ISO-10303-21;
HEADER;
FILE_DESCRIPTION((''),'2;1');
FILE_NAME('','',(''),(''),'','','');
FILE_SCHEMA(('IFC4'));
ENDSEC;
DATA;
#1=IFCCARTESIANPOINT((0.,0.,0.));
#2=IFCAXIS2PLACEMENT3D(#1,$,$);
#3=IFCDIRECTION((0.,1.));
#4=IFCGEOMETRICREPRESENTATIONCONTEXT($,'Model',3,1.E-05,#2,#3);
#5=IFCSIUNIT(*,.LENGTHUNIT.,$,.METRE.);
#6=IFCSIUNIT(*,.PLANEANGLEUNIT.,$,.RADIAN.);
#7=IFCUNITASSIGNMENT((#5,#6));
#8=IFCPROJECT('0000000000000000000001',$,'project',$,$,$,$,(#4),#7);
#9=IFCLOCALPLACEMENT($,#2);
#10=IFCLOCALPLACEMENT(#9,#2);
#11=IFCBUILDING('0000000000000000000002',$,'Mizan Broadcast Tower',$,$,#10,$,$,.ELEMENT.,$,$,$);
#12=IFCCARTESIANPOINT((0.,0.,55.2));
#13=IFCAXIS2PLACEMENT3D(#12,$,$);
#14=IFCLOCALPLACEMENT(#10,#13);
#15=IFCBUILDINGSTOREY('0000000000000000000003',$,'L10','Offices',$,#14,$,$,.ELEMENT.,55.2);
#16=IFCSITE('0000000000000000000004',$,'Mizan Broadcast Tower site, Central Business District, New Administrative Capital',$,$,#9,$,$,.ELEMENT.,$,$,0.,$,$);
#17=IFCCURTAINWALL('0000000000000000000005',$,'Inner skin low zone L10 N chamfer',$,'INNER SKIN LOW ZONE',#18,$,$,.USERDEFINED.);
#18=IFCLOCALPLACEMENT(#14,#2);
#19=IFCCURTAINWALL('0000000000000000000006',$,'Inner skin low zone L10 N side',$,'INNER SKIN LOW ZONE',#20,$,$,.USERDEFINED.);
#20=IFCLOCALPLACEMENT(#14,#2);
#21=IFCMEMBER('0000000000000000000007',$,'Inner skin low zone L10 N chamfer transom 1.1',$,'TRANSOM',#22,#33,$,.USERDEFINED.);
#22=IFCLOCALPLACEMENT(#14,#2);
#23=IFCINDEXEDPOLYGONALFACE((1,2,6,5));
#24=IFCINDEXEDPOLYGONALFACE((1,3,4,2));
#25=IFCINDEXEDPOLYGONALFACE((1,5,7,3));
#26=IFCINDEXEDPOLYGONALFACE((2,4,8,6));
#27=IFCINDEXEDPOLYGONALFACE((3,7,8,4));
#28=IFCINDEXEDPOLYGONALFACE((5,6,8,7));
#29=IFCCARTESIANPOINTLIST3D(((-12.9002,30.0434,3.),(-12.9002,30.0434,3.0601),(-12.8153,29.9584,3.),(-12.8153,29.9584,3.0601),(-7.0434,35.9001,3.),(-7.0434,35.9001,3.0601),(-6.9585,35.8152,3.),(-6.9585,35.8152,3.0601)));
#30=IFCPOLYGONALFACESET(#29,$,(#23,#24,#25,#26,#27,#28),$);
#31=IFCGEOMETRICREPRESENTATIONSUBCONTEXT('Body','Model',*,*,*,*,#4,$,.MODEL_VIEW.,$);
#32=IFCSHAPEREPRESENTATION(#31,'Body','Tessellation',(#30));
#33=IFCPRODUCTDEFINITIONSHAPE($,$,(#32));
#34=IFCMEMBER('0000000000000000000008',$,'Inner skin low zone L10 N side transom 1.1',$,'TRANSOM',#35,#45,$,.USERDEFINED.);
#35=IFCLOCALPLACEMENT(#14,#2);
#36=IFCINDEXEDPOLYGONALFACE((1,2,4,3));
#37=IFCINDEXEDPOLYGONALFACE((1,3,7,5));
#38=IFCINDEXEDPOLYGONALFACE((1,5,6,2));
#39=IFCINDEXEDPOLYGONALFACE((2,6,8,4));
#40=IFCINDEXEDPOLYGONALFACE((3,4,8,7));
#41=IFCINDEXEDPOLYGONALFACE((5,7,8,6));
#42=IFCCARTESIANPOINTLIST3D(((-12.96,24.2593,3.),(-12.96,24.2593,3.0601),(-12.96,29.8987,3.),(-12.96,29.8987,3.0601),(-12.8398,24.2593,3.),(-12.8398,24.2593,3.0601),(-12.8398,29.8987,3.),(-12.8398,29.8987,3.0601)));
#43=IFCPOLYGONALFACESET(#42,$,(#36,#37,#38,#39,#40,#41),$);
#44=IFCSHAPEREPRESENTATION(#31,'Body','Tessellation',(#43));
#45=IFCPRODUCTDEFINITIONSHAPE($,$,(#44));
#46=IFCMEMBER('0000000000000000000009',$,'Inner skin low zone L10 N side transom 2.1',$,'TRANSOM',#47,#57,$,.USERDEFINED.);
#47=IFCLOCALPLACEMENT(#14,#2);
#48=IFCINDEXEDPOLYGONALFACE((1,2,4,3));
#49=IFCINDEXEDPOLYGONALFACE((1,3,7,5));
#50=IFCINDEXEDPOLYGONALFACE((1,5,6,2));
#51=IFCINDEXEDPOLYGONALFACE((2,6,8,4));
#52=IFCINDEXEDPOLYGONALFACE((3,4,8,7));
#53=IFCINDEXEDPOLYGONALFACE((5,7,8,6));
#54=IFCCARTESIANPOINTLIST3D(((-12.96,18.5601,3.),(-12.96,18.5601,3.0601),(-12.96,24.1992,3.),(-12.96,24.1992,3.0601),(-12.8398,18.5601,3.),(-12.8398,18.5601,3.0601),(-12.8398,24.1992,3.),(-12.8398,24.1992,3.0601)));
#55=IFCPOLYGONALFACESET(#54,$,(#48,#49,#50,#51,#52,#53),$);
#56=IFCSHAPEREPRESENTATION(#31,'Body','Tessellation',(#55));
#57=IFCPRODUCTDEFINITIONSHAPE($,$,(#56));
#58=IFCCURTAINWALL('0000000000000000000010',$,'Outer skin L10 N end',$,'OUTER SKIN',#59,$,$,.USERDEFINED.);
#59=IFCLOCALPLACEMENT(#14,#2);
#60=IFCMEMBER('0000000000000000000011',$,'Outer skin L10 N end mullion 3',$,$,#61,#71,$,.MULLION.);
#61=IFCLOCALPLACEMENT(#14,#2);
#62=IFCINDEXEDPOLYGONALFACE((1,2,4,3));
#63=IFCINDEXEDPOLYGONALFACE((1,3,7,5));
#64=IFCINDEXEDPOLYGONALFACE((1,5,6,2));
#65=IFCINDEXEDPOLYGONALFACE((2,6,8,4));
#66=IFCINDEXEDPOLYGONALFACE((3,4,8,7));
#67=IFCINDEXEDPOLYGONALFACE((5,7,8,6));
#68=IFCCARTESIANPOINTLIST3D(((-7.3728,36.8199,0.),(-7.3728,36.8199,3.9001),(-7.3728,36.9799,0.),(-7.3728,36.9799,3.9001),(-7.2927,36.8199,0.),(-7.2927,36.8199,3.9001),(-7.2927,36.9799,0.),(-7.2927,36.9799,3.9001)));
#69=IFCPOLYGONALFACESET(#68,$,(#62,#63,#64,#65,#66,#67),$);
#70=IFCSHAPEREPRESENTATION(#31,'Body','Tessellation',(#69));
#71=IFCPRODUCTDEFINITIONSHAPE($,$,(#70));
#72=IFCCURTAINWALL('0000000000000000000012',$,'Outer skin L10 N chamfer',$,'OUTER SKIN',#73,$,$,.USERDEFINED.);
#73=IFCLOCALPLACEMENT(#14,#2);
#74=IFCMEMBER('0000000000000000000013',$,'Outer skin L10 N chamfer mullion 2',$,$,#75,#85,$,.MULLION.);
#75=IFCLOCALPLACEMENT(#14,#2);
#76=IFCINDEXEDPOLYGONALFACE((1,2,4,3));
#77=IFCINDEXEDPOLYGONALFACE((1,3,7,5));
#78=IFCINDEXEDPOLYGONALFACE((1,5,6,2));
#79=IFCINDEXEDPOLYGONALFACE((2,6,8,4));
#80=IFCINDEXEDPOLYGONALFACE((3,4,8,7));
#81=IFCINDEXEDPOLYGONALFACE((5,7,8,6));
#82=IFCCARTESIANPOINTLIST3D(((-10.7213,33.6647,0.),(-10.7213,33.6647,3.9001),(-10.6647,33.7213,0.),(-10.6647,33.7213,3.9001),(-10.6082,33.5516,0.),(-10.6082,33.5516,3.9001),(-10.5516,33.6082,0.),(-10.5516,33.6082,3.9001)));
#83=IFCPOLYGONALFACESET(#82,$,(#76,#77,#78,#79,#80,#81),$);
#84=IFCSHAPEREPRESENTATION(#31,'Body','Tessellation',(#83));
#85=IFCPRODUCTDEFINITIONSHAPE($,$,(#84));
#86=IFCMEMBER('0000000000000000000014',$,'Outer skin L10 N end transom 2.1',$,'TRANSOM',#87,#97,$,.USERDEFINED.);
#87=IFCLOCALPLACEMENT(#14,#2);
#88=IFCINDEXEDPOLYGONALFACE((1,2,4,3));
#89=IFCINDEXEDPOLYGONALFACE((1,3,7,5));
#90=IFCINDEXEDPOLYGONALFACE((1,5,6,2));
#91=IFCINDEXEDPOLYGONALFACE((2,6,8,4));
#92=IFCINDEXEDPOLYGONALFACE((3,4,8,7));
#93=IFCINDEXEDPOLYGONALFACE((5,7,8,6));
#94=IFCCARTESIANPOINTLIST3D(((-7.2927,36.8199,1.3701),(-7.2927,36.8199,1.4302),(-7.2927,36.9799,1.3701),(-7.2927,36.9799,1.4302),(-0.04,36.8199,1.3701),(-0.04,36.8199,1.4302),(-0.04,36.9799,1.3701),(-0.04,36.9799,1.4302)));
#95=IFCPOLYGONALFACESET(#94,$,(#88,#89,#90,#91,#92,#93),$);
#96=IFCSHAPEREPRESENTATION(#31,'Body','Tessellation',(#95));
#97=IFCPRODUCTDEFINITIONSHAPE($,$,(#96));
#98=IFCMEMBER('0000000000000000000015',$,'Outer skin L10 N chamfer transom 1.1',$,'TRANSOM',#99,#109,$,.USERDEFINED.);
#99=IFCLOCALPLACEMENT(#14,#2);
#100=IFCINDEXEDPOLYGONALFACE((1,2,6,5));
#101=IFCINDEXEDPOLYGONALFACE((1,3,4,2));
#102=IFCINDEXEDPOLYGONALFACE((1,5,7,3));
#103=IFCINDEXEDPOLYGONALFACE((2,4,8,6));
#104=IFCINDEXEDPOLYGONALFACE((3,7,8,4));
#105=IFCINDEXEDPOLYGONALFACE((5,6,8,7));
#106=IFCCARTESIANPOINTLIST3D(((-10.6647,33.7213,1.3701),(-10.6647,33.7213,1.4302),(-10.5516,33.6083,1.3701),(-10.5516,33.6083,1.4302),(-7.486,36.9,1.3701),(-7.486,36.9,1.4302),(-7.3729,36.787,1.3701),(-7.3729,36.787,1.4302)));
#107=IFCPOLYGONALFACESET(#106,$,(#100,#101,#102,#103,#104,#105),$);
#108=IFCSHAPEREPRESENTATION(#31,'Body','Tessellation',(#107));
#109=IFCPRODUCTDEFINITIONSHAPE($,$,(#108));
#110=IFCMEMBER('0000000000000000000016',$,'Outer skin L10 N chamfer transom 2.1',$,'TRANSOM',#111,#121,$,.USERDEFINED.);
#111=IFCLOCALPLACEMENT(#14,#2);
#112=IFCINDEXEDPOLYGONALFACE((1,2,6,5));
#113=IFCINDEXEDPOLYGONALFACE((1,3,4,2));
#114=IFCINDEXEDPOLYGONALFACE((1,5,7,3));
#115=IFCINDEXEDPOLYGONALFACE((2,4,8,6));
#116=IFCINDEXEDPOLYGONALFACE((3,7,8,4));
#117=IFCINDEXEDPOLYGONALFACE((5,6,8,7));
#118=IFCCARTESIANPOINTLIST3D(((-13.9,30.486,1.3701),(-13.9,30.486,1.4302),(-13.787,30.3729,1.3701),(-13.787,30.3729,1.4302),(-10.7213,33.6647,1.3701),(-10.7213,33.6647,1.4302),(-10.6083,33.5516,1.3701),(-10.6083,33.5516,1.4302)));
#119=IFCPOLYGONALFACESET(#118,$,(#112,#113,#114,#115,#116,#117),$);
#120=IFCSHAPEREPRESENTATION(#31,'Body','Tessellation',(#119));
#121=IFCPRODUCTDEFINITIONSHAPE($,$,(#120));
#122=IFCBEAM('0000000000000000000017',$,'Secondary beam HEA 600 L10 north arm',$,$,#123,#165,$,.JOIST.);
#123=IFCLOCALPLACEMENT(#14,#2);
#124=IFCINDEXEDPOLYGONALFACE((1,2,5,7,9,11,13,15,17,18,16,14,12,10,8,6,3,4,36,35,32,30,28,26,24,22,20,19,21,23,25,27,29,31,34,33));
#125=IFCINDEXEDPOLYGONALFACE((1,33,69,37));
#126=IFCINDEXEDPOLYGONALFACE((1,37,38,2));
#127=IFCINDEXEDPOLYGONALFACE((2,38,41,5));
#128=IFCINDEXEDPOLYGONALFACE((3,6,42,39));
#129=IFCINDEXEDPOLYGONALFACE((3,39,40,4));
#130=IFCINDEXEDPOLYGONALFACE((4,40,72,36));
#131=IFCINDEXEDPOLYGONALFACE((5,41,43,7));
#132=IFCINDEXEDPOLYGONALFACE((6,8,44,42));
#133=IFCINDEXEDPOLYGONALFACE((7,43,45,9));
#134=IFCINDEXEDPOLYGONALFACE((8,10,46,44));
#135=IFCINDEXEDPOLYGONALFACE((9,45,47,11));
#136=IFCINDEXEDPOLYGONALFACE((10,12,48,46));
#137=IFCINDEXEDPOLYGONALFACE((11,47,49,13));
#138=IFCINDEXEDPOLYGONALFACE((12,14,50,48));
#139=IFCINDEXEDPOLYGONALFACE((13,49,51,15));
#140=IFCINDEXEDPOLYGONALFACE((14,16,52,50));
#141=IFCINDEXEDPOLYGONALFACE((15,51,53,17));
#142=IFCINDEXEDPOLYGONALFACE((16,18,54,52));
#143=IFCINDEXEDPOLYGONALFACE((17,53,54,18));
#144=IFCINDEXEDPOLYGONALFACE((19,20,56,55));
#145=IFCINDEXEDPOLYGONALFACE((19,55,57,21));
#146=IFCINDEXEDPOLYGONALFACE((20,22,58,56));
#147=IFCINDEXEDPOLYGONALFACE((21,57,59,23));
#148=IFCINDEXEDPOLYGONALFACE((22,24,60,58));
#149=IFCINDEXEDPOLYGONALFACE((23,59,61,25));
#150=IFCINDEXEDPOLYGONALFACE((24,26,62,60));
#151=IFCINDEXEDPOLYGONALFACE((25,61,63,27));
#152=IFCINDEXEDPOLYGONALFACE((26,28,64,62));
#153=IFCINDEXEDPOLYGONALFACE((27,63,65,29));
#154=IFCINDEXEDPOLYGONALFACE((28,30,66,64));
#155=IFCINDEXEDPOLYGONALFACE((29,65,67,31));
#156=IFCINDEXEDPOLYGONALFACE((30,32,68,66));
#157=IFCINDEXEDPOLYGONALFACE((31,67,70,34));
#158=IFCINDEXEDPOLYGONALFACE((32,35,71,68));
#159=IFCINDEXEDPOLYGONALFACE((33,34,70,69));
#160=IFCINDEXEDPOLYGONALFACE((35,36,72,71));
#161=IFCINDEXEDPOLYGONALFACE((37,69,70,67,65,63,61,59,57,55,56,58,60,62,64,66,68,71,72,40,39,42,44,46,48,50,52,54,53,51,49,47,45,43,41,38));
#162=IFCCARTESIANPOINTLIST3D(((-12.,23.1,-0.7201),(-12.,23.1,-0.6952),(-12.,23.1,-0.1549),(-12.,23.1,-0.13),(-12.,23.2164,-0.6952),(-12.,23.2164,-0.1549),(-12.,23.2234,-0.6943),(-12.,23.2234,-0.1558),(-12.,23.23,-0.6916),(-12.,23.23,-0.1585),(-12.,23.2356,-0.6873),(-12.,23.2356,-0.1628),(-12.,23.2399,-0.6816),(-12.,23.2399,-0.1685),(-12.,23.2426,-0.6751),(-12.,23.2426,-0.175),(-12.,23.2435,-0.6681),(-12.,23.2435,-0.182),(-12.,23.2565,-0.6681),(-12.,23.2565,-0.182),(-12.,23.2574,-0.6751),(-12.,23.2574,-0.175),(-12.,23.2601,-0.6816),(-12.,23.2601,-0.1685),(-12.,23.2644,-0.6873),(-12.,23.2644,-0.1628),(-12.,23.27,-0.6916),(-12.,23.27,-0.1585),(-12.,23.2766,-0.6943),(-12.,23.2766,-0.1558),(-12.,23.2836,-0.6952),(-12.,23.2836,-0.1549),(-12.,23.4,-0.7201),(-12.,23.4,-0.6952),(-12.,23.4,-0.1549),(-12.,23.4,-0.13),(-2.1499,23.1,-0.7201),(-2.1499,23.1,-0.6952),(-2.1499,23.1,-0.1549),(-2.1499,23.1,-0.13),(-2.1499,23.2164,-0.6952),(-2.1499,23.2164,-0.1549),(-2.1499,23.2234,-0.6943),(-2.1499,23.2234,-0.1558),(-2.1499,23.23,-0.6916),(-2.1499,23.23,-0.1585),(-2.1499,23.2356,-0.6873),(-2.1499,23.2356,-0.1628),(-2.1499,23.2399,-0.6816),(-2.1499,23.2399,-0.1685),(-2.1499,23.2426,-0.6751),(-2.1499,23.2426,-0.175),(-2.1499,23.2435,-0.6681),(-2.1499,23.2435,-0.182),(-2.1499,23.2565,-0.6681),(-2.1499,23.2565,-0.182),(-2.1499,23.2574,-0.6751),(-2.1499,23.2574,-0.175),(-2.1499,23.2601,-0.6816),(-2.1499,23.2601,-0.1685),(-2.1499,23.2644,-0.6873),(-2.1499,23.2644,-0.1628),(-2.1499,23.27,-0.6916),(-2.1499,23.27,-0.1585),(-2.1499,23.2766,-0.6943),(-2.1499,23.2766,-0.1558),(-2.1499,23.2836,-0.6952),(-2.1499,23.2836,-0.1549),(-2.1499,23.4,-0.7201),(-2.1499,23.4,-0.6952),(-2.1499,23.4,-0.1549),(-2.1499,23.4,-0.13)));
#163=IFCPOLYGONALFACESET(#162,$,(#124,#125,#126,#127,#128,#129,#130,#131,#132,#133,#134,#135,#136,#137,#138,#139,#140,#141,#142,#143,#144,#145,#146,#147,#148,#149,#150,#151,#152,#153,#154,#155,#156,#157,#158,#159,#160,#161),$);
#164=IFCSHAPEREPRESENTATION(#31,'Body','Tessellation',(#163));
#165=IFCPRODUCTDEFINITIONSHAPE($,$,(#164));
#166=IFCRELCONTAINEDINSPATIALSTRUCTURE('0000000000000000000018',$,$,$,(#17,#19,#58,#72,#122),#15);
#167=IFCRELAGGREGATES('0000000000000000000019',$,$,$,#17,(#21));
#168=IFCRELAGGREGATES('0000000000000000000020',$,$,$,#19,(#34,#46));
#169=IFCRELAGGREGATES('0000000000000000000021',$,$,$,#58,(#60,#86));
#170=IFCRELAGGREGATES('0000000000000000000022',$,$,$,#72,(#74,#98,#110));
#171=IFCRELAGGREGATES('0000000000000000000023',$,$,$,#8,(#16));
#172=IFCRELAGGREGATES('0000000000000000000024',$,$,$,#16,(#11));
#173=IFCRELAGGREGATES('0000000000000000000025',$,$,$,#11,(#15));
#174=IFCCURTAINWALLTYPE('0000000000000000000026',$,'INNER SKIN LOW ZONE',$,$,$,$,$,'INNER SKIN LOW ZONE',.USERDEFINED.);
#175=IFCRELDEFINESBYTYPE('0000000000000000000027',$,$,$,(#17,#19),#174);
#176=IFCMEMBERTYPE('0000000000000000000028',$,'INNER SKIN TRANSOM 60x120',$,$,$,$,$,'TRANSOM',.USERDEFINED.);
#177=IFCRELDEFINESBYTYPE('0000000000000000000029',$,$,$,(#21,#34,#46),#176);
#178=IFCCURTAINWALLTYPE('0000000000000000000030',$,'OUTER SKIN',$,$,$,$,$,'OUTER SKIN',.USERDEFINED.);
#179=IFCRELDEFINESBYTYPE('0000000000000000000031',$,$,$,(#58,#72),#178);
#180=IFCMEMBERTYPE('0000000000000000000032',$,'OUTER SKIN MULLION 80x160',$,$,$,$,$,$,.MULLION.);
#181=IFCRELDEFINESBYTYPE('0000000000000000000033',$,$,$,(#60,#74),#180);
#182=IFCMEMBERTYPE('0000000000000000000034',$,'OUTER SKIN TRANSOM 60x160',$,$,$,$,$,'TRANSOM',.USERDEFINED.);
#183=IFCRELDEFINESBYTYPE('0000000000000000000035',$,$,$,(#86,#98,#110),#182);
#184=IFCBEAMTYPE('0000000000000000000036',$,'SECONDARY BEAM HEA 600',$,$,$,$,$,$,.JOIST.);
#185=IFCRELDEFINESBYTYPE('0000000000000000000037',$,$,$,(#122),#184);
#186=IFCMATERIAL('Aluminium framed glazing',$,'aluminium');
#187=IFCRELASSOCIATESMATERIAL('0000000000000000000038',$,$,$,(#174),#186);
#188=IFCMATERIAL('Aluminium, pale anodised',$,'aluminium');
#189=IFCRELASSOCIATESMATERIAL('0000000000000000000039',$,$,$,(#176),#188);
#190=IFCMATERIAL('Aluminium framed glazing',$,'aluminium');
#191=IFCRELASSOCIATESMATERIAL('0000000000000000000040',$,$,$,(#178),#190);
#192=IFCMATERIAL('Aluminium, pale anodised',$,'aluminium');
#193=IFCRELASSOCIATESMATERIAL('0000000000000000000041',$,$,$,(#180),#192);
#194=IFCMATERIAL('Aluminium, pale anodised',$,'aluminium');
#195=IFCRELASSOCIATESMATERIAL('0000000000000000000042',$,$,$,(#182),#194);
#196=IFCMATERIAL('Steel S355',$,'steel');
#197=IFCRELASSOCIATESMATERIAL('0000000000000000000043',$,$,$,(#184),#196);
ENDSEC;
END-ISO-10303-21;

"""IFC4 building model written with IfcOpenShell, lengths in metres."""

from ifc_helpers import new_model, si_unit, direction, frame, origin, origin_2d, place, context, subcontext, project, spatial, rectangle, i_section, extrude, material, material_profile, profile_set, type_object, element, aggregate, save


model = new_model("IFC4")

# Units and contexts
model_context = context("Model", 3, precision=1e-05, world=origin(), true_north=direction((0.0, 1.0)))
body_context = subcontext(model_context, "Body", "Model", "MODEL_VIEW")
ifc_project = project(units=[si_unit("LENGTHUNIT", "METRE"), si_unit("PLANEANGLEUNIT", "RADIAN")], contexts=[model_context])

# Site, building, storey
site_placement = place(None, origin())
site = spatial("IfcSite", under=ifc_project, at=site_placement, Name="Mizan Broadcast Tower site, Central Business District, New Administrative Capital", CompositionType="ELEMENT", RefElevation=0.0)
building_placement = place(site_placement, origin())
building = spatial("IfcBuilding", under=site, at=building_placement, Name="Mizan Broadcast Tower", CompositionType="ELEMENT")
storey_placement = place(building_placement, frame((0.0, 0.0, 55.2)))
storey = spatial("IfcBuildingStorey", under=building, at=storey_placement, Name="L10", Description="Offices", CompositionType="ELEMENT", Elevation=55.2)

# Curtain walls
ifc_material_1 = material(Name="Aluminium framed glazing", Category="aluminium")
curtain_wall_type_1 = type_object("IfcCurtainWallType", Name="INNER SKIN LOW ZONE", ElementType="INNER SKIN LOW ZONE", PredefinedType="USERDEFINED", material=ifc_material_1)
curtain_wall_1_placement = place(storey_placement, origin())
curtain_wall_1 = element("IfcCurtainWall", 1, at=curtain_wall_1_placement, inside=storey, type_object=curtain_wall_type_1, Name="Inner skin low zone L10 N chamfer", ObjectType="INNER SKIN LOW ZONE", PredefinedType="USERDEFINED")
curtain_wall_2_placement = place(storey_placement, origin())
curtain_wall_2 = element("IfcCurtainWall", 2, at=curtain_wall_2_placement, inside=storey, type_object=curtain_wall_type_1, Name="Inner skin low zone L10 N side", ObjectType="INNER SKIN LOW ZONE", PredefinedType="USERDEFINED")

# Members
ifc_material_2 = material(Name="Aluminium, pale anodised", Category="aluminium")
ifc_material_profile_1 = material_profile(ifc_material_2, rectangle(XDim=0.1201, YDim=0.0601, at=origin_2d()), Name="TRANSOM 120x60")
ifc_profile_set_1 = profile_set([ifc_material_profile_1], Name="Aluminium, pale anodised")
member_type_1 = type_object("IfcMemberType", Name="INNER SKIN TRANSOM 60x120", ElementType="TRANSOM", PredefinedType="USERDEFINED", material=ifc_profile_set_1)
member_1_placement = place(storey_placement, frame((-7.001, 35.8577, 3.03), z_axis=(-0.707107, -0.707107, 0.0), x_axis=(0.707107, -0.707107, 0.0)))
member_1 = element("IfcMember", 3, at=member_1_placement, type_object=member_type_1, Name="Inner skin low zone L10 N chamfer transom 1.1", ObjectType="TRANSOM", PredefinedType="USERDEFINED", context=body_context, shape_type="SweptSolid", body=[
    extrude(rectangle(XDim=0.1201, YDim=0.0601, at=origin_2d()), origin(), (0.0, 0.0, 1.0), 8.2827),
])
member_2_placement = place(storey_placement, frame((-12.8999, 29.8987, 3.03), z_axis=(0.0, -1.0, 0.0), x_axis=(1.0, 0.0, 0.0)))
member_2 = element("IfcMember", 4, at=member_2_placement, type_object=member_type_1, Name="Inner skin low zone L10 N side transom 1.1", ObjectType="TRANSOM", PredefinedType="USERDEFINED", context=body_context, shape_type="SweptSolid", body=[
    extrude(rectangle(XDim=0.1201, YDim=0.0601, at=origin_2d()), origin(), (0.0, 0.0, 1.0), 5.6394),
])
member_3_placement = place(storey_placement, frame((-12.8999, 24.1992, 3.03), z_axis=(0.0, -1.0, 0.0), x_axis=(1.0, 0.0, 0.0)))
member_3 = element("IfcMember", 5, at=member_3_placement, type_object=member_type_1, Name="Inner skin low zone L10 N side transom 2.1", ObjectType="TRANSOM", PredefinedType="USERDEFINED", context=body_context, shape_type="SweptSolid", body=[
    extrude(rectangle(XDim=0.1201, YDim=0.0601, at=origin_2d()), origin(), (0.0, 0.0, 1.0), 5.6392),
])

# Curtain walls, members
ifc_material_3 = material(Name="Aluminium framed glazing", Category="aluminium")
curtain_wall_type_2 = type_object("IfcCurtainWallType", Name="OUTER SKIN", ElementType="OUTER SKIN", PredefinedType="USERDEFINED", material=ifc_material_3)
curtain_wall_3_placement = place(storey_placement, origin())
curtain_wall_3 = element("IfcCurtainWall", 6, at=curtain_wall_3_placement, inside=storey, type_object=curtain_wall_type_2, Name="Outer skin L10 N end", ObjectType="OUTER SKIN", PredefinedType="USERDEFINED")
ifc_material_4 = material(Name="Aluminium, pale anodised", Category="aluminium")
ifc_material_profile_2 = material_profile(ifc_material_4, rectangle(XDim=0.1599, YDim=0.0801, at=origin_2d()), Name="MULLION 160x80")
ifc_profile_set_2 = profile_set([ifc_material_profile_2], Name="Aluminium, pale anodised")
member_type_2 = type_object("IfcMemberType", Name="OUTER SKIN MULLION 80x160", PredefinedType="MULLION", material=ifc_profile_set_2)
member_4_placement = place(storey_placement, frame((-7.3328, 36.8999, 0.0), z_axis=(0.0, 0.0, 1.0), x_axis=(0.0, -1.0, 0.0)))
member_4 = element("IfcMember", 7, at=member_4_placement, type_object=member_type_2, Name="Outer skin L10 N end mullion 3", PredefinedType="MULLION", context=body_context, shape_type="SweptSolid", body=[
    extrude(rectangle(XDim=0.1599, YDim=0.0801, at=origin_2d()), origin(), (0.0, 0.0, 1.0), 3.9001),
])
curtain_wall_4_placement = place(storey_placement, origin())
curtain_wall_4 = element("IfcCurtainWall", 8, at=curtain_wall_4_placement, inside=storey, type_object=curtain_wall_type_2, Name="Outer skin L10 N chamfer", ObjectType="OUTER SKIN", PredefinedType="USERDEFINED")
member_5_placement = place(storey_placement, frame((-10.6365, 33.6365, 0.0), z_axis=(0.0, 0.0, 1.0), x_axis=(0.707107, -0.707107, 0.0)))
member_5 = element("IfcMember", 9, at=member_5_placement, type_object=member_type_2, Name="Outer skin L10 N chamfer mullion 2", PredefinedType="MULLION", context=body_context, shape_type="SweptSolid", body=[
    extrude(rectangle(XDim=0.1599, YDim=0.0801, at=origin_2d()), origin(), (0.0, 0.0, 1.0), 3.9001),
])

# Members
ifc_material_5 = material(Name="Aluminium, pale anodised", Category="aluminium")
ifc_material_profile_3 = material_profile(ifc_material_5, rectangle(XDim=0.1599, YDim=0.0601, at=origin_2d()), Name="TRANSOM 160x60")
ifc_profile_set_3 = profile_set([ifc_material_profile_3], Name="Aluminium, pale anodised")
member_type_3 = type_object("IfcMemberType", Name="OUTER SKIN TRANSOM 60x160", ElementType="TRANSOM", PredefinedType="USERDEFINED", material=ifc_profile_set_3)
member_6_placement = place(storey_placement, frame((-0.04, 36.8999, 1.4001), z_axis=(-1.0, 0.0, 0.0), x_axis=(0.0, -1.0, 0.0)))
member_6 = element("IfcMember", 10, at=member_6_placement, type_object=member_type_3, Name="Outer skin L10 N end transom 2.1", ObjectType="TRANSOM", PredefinedType="USERDEFINED", context=body_context, shape_type="SweptSolid", body=[
    extrude(rectangle(XDim=0.1599, YDim=0.0601, at=origin_2d()), origin(), (0.0, 0.0, 1.0), 7.2527),
])
member_7_placement = place(storey_placement, frame((-7.4294, 36.8435, 1.4001), z_axis=(-0.707107, -0.707107, 0.0), x_axis=(0.707107, -0.707107, 0.0)))
member_7 = element("IfcMember", 11, at=member_7_placement, type_object=member_type_3, Name="Outer skin L10 N chamfer transom 1.1", ObjectType="TRANSOM", PredefinedType="USERDEFINED", context=body_context, shape_type="SweptSolid", body=[
    extrude(rectangle(XDim=0.1599, YDim=0.0601, at=origin_2d()), origin(), (0.0, 0.0, 1.0), 4.4954),
])
member_8_placement = place(storey_placement, frame((-10.6648, 33.6082, 1.4001), z_axis=(-0.707107, -0.707107, 0.0), x_axis=(0.707107, -0.707107, 0.0)))
member_8 = element("IfcMember", 12, at=member_8_placement, type_object=member_type_3, Name="Outer skin L10 N chamfer transom 2.1", ObjectType="TRANSOM", PredefinedType="USERDEFINED", context=body_context, shape_type="SweptSolid", body=[
    extrude(rectangle(XDim=0.1599, YDim=0.0601, at=origin_2d()), origin(), (0.0, 0.0, 1.0), 4.4954),
])

# Beam
ifc_material_6 = material(Name="Steel S355", Category="steel")
ifc_material_profile_4 = material_profile(ifc_material_6, i_section(OverallWidth=0.3, OverallDepth=0.5901, WebThickness=0.0129, FlangeThickness=0.0249, FilletRadius=0.0271, at=origin_2d()), Name="HEA 600")
ifc_profile_set_4 = profile_set([ifc_material_profile_4], Name="Steel S355")
beam_type_1 = type_object("IfcBeamType", Name="SECONDARY BEAM HEA 600", PredefinedType="JOIST", material=ifc_profile_set_4)
beam_1_placement = place(storey_placement, frame((-12.0, 23.25, -0.425), z_axis=(1.0, 0.0, 0.0), x_axis=(0.0, 1.0, 0.0)))
element("IfcBeam", 13, at=beam_1_placement, inside=storey, type_object=beam_type_1, Name="Secondary beam HEA 600 L10 north arm", PredefinedType="JOIST", context=body_context, shape_type="SweptSolid", body=[
    extrude(i_section(OverallWidth=0.3, OverallDepth=0.5901, WebThickness=0.0129, FlangeThickness=0.0249, FilletRadius=0.0271, at=origin_2d()), origin(), (0.0, 0.0, 1.0), 9.8501),
])

aggregate(curtain_wall_1, [member_1])
aggregate(curtain_wall_2, [member_2, member_3])
aggregate(curtain_wall_3, [member_4, member_6])
aggregate(curtain_wall_4, [member_5, member_7, member_8])

save(model, "model.ifc")
